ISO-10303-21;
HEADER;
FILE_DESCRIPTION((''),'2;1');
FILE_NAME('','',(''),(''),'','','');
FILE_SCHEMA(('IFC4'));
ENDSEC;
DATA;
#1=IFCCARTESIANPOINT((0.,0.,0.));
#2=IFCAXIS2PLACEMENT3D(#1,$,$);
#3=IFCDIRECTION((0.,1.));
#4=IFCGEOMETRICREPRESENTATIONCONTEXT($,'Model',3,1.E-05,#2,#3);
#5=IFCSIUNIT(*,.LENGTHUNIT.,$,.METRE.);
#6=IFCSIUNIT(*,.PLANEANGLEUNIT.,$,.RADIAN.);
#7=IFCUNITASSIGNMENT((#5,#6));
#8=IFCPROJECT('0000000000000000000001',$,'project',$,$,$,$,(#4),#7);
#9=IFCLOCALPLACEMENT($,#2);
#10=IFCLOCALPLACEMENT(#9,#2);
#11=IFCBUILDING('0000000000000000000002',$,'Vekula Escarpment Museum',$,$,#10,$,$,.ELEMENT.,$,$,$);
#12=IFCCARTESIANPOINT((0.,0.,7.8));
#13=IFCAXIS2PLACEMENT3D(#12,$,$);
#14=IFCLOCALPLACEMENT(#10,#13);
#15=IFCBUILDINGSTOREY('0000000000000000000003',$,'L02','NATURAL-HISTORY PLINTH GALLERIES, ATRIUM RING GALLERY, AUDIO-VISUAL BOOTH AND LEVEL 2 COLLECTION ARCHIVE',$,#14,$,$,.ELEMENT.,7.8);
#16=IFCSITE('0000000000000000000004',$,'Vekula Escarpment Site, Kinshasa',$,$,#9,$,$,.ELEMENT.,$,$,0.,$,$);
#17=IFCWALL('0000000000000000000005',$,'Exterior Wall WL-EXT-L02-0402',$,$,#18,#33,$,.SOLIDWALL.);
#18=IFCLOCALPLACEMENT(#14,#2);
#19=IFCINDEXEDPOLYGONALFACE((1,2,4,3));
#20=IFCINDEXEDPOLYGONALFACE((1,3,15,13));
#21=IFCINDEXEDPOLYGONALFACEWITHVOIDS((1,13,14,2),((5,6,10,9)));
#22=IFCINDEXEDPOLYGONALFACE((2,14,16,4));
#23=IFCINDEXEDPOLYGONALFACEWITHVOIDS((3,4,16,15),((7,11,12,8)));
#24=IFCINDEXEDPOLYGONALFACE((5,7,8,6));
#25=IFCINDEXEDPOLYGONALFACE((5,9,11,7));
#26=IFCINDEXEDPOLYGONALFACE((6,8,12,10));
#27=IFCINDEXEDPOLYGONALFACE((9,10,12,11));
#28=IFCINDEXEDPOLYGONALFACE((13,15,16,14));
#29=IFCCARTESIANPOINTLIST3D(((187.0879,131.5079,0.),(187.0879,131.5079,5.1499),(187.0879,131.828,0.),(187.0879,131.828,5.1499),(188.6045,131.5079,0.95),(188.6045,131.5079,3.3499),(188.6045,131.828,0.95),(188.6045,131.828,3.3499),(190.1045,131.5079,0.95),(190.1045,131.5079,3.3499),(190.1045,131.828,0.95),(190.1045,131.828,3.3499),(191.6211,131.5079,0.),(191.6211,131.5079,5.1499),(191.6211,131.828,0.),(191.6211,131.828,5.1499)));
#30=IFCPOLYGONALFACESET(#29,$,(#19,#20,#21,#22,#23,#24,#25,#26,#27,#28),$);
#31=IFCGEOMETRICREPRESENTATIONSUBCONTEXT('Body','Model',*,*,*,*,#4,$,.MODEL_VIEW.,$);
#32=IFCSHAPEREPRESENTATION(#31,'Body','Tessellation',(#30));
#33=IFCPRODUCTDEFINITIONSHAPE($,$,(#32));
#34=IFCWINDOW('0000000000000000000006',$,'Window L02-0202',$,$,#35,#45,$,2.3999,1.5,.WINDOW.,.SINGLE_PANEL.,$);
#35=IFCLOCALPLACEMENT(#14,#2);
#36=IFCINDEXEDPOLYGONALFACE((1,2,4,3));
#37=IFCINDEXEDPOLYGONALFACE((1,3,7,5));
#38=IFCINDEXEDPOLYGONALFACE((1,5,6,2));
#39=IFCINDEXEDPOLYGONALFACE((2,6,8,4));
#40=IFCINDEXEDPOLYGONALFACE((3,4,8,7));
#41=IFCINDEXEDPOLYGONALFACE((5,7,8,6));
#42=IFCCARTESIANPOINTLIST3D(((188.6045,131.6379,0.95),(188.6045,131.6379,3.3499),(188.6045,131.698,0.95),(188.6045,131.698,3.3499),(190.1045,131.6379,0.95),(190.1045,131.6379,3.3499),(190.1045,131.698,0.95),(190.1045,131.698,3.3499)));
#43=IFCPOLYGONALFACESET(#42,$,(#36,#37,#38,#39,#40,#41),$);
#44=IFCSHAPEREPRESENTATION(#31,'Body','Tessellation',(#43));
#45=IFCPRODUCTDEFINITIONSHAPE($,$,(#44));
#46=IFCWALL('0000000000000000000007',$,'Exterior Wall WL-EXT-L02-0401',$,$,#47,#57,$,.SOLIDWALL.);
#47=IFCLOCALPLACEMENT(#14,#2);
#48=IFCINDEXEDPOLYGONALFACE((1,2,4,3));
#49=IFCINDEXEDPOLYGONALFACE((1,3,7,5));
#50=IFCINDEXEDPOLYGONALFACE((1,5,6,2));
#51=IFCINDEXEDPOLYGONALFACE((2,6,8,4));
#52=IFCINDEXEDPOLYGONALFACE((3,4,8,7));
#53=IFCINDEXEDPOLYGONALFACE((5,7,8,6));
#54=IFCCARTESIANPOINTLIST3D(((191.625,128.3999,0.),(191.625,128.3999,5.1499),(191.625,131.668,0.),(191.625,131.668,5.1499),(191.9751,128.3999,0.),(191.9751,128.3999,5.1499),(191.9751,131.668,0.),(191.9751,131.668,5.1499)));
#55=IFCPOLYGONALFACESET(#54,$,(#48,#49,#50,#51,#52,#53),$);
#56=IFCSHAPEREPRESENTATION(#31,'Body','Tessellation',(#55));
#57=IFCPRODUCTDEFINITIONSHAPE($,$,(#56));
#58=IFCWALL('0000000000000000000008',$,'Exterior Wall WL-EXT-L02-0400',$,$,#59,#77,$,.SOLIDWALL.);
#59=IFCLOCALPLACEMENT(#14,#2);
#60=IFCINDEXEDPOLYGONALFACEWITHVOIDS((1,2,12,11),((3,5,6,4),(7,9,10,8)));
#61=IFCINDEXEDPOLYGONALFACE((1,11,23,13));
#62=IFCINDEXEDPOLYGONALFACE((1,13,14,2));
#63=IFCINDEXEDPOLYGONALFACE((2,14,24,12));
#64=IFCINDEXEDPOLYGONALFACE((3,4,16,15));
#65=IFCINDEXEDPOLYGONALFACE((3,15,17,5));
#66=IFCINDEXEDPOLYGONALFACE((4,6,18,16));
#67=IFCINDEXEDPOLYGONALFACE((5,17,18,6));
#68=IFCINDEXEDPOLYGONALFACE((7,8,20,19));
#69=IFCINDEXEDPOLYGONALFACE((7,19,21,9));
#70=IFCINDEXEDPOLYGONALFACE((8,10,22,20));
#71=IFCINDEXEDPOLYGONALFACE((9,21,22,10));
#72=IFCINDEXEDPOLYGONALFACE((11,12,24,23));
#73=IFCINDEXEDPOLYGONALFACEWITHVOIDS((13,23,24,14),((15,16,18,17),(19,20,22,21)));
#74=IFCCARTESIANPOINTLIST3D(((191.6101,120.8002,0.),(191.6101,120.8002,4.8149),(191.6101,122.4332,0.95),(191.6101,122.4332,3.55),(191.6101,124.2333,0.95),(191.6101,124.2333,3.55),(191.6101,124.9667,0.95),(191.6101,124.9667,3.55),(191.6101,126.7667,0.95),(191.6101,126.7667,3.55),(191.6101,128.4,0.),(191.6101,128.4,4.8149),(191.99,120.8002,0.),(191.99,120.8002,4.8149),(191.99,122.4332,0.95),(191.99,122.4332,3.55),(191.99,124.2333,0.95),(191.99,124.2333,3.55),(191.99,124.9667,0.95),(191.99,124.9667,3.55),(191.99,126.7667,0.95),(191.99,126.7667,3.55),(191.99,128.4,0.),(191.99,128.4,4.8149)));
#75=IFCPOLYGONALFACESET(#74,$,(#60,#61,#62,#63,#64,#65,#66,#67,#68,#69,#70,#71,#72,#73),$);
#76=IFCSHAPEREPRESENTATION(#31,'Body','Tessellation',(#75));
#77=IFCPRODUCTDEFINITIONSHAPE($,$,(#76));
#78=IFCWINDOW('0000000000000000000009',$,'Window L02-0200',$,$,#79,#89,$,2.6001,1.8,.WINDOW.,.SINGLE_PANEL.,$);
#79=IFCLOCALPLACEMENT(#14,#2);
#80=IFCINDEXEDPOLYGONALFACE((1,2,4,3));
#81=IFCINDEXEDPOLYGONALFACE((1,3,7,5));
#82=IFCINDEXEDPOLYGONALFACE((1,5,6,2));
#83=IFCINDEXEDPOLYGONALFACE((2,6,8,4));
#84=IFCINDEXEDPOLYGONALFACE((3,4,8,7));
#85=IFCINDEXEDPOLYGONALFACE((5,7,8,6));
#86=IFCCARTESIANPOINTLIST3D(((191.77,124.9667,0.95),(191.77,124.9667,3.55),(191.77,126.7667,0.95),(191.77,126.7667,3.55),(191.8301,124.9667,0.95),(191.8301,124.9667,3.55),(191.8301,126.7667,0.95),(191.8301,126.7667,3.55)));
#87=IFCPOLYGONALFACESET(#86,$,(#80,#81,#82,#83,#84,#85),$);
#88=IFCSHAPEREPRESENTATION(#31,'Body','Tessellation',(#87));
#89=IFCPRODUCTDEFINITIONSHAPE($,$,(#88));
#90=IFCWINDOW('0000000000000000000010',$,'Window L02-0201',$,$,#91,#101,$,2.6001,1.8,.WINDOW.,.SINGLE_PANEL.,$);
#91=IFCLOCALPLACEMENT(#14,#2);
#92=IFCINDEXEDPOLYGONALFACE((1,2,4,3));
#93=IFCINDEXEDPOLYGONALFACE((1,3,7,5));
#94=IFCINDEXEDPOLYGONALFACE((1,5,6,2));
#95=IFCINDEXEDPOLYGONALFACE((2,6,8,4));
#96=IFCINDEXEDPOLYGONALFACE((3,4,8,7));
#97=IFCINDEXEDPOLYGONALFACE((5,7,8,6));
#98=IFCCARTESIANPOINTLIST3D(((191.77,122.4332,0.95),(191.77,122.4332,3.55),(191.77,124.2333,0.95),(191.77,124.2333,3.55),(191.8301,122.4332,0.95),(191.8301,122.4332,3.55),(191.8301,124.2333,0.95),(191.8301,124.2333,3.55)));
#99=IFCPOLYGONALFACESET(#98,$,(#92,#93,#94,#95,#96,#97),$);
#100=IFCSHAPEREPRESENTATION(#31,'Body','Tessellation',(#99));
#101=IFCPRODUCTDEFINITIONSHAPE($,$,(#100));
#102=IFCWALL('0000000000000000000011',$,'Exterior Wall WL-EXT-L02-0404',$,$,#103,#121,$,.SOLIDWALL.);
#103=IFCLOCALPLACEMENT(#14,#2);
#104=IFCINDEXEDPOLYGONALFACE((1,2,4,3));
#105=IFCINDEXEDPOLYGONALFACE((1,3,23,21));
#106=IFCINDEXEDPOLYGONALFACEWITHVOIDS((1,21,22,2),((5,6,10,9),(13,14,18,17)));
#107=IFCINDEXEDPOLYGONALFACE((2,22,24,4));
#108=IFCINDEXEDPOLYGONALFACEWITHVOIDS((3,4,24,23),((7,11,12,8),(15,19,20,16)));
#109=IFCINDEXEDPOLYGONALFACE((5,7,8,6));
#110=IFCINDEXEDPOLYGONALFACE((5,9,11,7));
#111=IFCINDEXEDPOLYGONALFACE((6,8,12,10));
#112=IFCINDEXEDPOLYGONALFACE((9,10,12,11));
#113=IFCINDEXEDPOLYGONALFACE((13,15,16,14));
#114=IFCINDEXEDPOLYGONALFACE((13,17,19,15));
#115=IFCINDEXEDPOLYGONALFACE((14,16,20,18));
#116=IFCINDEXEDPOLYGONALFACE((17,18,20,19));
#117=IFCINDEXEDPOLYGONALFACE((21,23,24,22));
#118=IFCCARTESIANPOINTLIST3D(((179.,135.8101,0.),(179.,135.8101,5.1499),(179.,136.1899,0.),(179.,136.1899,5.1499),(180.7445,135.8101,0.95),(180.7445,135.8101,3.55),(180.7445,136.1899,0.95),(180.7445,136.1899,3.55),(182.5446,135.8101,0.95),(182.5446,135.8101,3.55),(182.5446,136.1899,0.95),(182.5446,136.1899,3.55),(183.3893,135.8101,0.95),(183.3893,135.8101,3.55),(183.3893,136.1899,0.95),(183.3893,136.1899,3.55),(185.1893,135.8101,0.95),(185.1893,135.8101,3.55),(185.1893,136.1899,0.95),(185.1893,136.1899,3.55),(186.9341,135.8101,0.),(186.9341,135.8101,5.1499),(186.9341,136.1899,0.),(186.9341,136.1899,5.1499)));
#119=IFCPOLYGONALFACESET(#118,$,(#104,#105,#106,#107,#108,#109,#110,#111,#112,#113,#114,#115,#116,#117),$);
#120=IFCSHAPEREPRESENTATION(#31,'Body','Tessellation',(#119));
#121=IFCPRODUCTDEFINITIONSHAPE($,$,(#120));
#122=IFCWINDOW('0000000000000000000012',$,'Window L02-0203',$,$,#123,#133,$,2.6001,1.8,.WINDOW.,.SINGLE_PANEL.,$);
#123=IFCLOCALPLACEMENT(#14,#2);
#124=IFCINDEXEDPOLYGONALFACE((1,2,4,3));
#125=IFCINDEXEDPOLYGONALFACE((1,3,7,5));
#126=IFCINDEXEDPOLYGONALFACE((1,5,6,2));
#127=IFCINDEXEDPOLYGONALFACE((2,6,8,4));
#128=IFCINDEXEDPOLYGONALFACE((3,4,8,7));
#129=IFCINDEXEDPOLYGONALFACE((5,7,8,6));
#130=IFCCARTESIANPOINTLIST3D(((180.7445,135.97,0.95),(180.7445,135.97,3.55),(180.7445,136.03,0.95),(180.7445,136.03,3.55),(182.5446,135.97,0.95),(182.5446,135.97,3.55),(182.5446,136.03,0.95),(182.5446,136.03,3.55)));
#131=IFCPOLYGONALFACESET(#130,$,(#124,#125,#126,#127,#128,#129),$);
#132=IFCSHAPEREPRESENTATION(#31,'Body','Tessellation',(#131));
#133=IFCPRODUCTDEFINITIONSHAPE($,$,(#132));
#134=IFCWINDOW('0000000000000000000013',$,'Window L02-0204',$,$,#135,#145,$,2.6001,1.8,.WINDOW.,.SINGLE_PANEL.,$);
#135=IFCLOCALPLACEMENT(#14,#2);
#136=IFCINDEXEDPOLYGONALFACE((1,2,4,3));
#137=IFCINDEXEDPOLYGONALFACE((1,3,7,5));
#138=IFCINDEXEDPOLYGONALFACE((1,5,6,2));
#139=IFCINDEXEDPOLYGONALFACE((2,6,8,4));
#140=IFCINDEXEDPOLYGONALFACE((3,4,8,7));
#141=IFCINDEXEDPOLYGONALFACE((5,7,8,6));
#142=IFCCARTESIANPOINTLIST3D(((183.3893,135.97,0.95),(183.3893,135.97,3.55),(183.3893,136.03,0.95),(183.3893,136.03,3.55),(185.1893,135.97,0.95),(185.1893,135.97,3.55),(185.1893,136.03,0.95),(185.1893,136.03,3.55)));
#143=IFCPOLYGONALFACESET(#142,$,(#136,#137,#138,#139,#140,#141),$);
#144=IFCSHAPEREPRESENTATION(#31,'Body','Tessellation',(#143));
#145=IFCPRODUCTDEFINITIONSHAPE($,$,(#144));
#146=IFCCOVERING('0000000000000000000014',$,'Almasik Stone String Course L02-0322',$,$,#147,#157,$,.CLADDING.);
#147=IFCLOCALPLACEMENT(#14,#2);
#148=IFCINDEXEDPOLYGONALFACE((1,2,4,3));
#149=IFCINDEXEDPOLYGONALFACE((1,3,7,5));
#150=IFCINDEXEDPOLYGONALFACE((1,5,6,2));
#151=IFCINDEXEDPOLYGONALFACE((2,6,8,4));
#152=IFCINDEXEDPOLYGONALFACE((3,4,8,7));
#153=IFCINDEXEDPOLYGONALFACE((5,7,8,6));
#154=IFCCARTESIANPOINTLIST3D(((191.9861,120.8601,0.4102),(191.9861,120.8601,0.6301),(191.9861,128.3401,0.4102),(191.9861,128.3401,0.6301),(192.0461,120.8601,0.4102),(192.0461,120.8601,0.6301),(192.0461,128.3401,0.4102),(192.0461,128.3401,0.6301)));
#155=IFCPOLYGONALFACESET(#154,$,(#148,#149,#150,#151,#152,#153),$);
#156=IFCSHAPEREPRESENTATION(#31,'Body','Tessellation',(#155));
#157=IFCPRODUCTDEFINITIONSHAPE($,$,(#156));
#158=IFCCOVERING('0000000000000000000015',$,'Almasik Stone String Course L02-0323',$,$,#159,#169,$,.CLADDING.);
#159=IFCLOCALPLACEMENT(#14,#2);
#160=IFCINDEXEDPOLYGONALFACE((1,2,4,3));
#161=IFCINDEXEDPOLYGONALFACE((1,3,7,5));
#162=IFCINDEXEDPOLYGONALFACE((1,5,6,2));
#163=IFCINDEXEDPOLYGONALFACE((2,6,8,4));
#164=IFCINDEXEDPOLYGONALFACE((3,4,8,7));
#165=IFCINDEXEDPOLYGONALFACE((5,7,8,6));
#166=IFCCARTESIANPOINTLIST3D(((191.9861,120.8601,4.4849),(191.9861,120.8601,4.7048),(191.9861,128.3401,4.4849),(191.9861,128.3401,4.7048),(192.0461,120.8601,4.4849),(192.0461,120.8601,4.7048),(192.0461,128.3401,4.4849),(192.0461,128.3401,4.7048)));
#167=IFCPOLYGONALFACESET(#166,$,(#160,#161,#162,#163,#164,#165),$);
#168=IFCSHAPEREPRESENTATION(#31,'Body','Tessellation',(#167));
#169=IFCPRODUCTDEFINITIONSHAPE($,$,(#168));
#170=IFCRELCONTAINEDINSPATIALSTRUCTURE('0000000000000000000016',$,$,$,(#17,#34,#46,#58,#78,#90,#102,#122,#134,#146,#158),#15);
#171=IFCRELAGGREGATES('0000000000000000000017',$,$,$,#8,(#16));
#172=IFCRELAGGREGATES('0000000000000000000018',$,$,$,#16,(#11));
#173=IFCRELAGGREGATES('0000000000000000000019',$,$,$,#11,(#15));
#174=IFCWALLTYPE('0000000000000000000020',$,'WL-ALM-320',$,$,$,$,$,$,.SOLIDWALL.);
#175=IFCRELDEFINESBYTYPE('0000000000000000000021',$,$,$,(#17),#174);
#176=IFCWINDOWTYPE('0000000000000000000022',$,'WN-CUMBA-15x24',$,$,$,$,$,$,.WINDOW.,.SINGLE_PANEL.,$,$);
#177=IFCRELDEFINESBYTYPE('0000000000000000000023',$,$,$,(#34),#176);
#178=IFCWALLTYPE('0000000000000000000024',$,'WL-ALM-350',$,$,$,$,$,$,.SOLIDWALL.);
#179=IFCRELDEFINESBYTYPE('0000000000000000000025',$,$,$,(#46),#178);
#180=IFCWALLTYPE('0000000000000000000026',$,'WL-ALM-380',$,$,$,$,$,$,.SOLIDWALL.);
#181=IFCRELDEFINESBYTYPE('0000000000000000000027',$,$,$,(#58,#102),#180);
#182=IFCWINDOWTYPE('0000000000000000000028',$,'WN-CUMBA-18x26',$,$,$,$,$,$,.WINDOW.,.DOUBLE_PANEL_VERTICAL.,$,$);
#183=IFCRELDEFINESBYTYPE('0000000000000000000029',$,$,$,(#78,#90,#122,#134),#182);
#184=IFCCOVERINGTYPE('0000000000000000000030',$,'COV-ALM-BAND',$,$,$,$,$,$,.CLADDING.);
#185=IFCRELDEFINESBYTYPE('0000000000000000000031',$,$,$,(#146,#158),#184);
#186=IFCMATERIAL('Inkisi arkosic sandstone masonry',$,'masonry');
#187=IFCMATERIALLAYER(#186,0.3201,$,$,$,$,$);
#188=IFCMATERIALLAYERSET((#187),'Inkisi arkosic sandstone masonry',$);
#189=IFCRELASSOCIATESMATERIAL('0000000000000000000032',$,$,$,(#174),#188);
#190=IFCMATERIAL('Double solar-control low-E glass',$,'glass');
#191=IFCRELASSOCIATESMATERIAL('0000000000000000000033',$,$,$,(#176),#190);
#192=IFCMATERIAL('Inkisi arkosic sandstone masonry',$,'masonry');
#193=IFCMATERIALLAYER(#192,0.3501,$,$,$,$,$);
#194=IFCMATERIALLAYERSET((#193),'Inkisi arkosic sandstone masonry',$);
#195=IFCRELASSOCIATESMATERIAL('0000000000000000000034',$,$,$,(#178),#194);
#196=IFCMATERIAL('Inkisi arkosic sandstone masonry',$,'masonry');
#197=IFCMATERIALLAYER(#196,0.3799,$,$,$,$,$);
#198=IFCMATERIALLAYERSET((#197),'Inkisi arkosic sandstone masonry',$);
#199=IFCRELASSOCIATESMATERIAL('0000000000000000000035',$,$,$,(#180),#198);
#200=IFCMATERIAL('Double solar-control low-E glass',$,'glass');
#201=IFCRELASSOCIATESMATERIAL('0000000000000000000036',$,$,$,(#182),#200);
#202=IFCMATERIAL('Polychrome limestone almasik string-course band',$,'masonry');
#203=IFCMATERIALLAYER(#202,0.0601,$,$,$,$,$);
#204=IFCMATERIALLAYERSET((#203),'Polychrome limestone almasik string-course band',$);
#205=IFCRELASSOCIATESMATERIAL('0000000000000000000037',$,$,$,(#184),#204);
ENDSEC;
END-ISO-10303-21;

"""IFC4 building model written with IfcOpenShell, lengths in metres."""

from ifc_helpers import new_model, si_unit, direction, frame, frame_2d, origin, origin_2d, place, context, subcontext, project, spatial, rectangle, extrude, material, layer, layer_set, type_object, element, fill, save


model = new_model("IFC4")

# Units and contexts
model_context = context("Model", 3, precision=1e-05, world=origin(), true_north=direction((0.0, 1.0)))
body_context = subcontext(model_context, "Body", "Model", "MODEL_VIEW")
ifc_project = project(units=[si_unit("LENGTHUNIT", "METRE"), si_unit("PLANEANGLEUNIT", "RADIAN")], contexts=[model_context])

# Site, building, storey
site_placement = place(None, origin())
site = spatial("IfcSite", under=ifc_project, at=site_placement, Name="Vekula Escarpment Site, Kinshasa", CompositionType="ELEMENT", RefElevation=0.0)
building_placement = place(site_placement, origin())
building = spatial("IfcBuilding", under=site, at=building_placement, Name="Vekula Escarpment Museum", CompositionType="ELEMENT")
storey_placement = place(building_placement, frame((0.0, 0.0, 7.8)))
storey = spatial("IfcBuildingStorey", under=building, at=storey_placement, Name="L02", Description="NATURAL-HISTORY PLINTH GALLERIES, ATRIUM RING GALLERY, AUDIO-VISUAL BOOTH AND LEVEL 2 COLLECTION ARCHIVE", CompositionType="ELEMENT", Elevation=7.8)

# Wall, opening, window
ifc_material_1 = material(Name="Inkisi arkosic sandstone masonry", Category="masonry")
ifc_layer_1 = layer(ifc_material_1, 0.3201)
ifc_layer_set_1 = layer_set([ifc_layer_1], Name="Inkisi arkosic sandstone masonry")
wall_type_1 = type_object("IfcWallType", Name="WL-ALM-320", PredefinedType="SOLIDWALL", material=ifc_layer_set_1)
wall_1_placement = place(storey_placement, frame((187.0879, 131.668, 0.0), z_axis=(0.0, 0.0, 1.0), x_axis=(1.0, 0.0, 0.0)))
wall_1 = element("IfcWall", 1, at=wall_1_placement, inside=storey, type_object=wall_type_1, Name="Exterior Wall WL-EXT-L02-0402", PredefinedType="SOLIDWALL", context=body_context, shape_type="SweptSolid", body=[
    extrude(rectangle(XDim=4.5332, YDim=0.3201, at=frame_2d((2.2666, 0.0))), origin(), (0.0, 0.0, 1.0), 5.1499),
])
opening_1_placement = place(wall_1_placement, frame((1.5166, 0.0, 0.95)))
opening_1 = element("IfcOpeningElement", 2, at=opening_1_placement, cuts=wall_1, PredefinedType="OPENING", context=body_context, shape_type="SweptSolid", body=[
    extrude(rectangle(XDim=1.5, YDim=2.3999, at=frame_2d((0.75, 1.2))), frame((0.0, 0.1699, 0.0), z_axis=(0.0, -1.0, 0.0), x_axis=(1.0, 0.0, 0.0)), (0.0, 0.0, 1.0), 0.3401),
])
ifc_material_2 = material(Name="Double solar-control low-E glass", Category="glass")
window_type_1 = type_object("IfcWindowType", Name="WN-CUMBA-15x24", PartitioningType="SINGLE_PANEL", PredefinedType="WINDOW", material=ifc_material_2)
window_1_placement = place(opening_1_placement, origin())
window_1 = element("IfcWindow", 3, at=window_1_placement, inside=storey, type_object=window_type_1, Name="Window L02-0202", OverallHeight=2.3999, OverallWidth=1.5, PartitioningType="SINGLE_PANEL", PredefinedType="WINDOW", context=body_context, shape_type="SweptSolid", body=[
    extrude(rectangle(XDim=1.5, YDim=2.3999, at=frame_2d((0.75, 1.2))), frame((0.0, 0.03, 0.0), z_axis=(0.0, -1.0, 0.0), x_axis=(1.0, 0.0, 0.0)), (0.0, 0.0, 1.0), 0.0601),
])
fill(opening_1, window_1)

# Wall
ifc_material_3 = material(Name="Inkisi arkosic sandstone masonry", Category="masonry")
ifc_layer_2 = layer(ifc_material_3, 0.3501)
ifc_layer_set_2 = layer_set([ifc_layer_2], Name="Inkisi arkosic sandstone masonry")
wall_type_2 = type_object("IfcWallType", Name="WL-ALM-350", PredefinedType="SOLIDWALL", material=ifc_layer_set_2)
wall_2_placement = place(storey_placement, frame((191.8, 131.668, 0.0), z_axis=(0.0, 0.0, 1.0), x_axis=(0.0, -1.0, 0.0)))
element("IfcWall", 4, at=wall_2_placement, inside=storey, type_object=wall_type_2, Name="Exterior Wall WL-EXT-L02-0401", PredefinedType="SOLIDWALL", context=body_context, shape_type="SweptSolid", body=[
    extrude(rectangle(XDim=3.2681, YDim=0.3501, at=frame_2d((1.634, 0.0))), origin(), (0.0, 0.0, 1.0), 5.1499),
])

# Walls, openings, windows
ifc_material_4 = material(Name="Inkisi arkosic sandstone masonry", Category="masonry")
ifc_layer_3 = layer(ifc_material_4, 0.3799)
ifc_layer_set_3 = layer_set([ifc_layer_3], Name="Inkisi arkosic sandstone masonry")
wall_type_3 = type_object("IfcWallType", Name="WL-ALM-380", PredefinedType="SOLIDWALL", material=ifc_layer_set_3)
wall_3_placement = place(storey_placement, frame((191.8, 128.3999, 0.0), z_axis=(0.0, 0.0, 1.0), x_axis=(0.0, -1.0, 0.0)))
wall_3 = element("IfcWall", 5, at=wall_3_placement, inside=storey, type_object=wall_type_3, Name="Exterior Wall WL-EXT-L02-0400", PredefinedType="SOLIDWALL", context=body_context, shape_type="SweptSolid", body=[
    extrude(rectangle(XDim=7.5999, YDim=0.3799, at=frame_2d((3.7998, 0.0))), origin(), (0.0, 0.0, 1.0), 4.8149),
])
opening_2_placement = place(wall_3_placement, frame((1.6333, 0.0, 0.95)))
opening_2 = element("IfcOpeningElement", 6, at=opening_2_placement, cuts=wall_3, PredefinedType="OPENING", context=body_context, shape_type="SweptSolid", body=[
    extrude(rectangle(XDim=1.8, YDim=2.6001, at=frame_2d((0.8999, 1.3))), frame((0.0, 0.2, 0.0), z_axis=(0.0, -1.0, 0.0), x_axis=(1.0, 0.0, 0.0)), (0.0, 0.0, 1.0), 0.3999),
])
opening_3_placement = place(wall_3_placement, frame((4.1667, 0.0, 0.95)))
opening_3 = element("IfcOpeningElement", 7, at=opening_3_placement, cuts=wall_3, PredefinedType="OPENING", context=body_context, shape_type="SweptSolid", body=[
    extrude(rectangle(XDim=1.8, YDim=2.6001, at=frame_2d((0.8999, 1.3))), frame((0.0, 0.2, 0.0), z_axis=(0.0, -1.0, 0.0), x_axis=(1.0, 0.0, 0.0)), (0.0, 0.0, 1.0), 0.3999),
])
ifc_material_5 = material(Name="Double solar-control low-E glass", Category="glass")
window_type_2 = type_object("IfcWindowType", Name="WN-CUMBA-18x26", PartitioningType="DOUBLE_PANEL_VERTICAL", PredefinedType="WINDOW", material=ifc_material_5)
window_2_placement = place(opening_2_placement, origin())
window_2 = element("IfcWindow", 8, at=window_2_placement, inside=storey, type_object=window_type_2, Name="Window L02-0200", OverallHeight=2.6001, OverallWidth=1.8, PartitioningType="SINGLE_PANEL", PredefinedType="WINDOW", context=body_context, shape_type="SweptSolid", body=[
    extrude(rectangle(XDim=1.8, YDim=2.6001, at=frame_2d((0.8999, 1.3))), frame((0.0, 0.03, 0.0), z_axis=(0.0, -1.0, 0.0), x_axis=(1.0, 0.0, 0.0)), (0.0, 0.0, 1.0), 0.0601),
])
fill(opening_2, window_2)
window_3_placement = place(opening_3_placement, origin())
window_3 = element("IfcWindow", 9, at=window_3_placement, inside=storey, type_object=window_type_2, Name="Window L02-0201", OverallHeight=2.6001, OverallWidth=1.8, PartitioningType="SINGLE_PANEL", PredefinedType="WINDOW", context=body_context, shape_type="SweptSolid", body=[
    extrude(rectangle(XDim=1.8, YDim=2.6001, at=frame_2d((0.8999, 1.3))), frame((0.0, 0.03, 0.0), z_axis=(0.0, -1.0, 0.0), x_axis=(1.0, 0.0, 0.0)), (0.0, 0.0, 1.0), 0.0601),
])
fill(opening_3, window_3)
wall_4_placement = place(storey_placement, frame((179.0, 136.0, 0.0), z_axis=(0.0, 0.0, 1.0), x_axis=(1.0, 0.0, 0.0)))
wall_4 = element("IfcWall", 10, at=wall_4_placement, inside=storey, type_object=wall_type_3, Name="Exterior Wall WL-EXT-L02-0404", PredefinedType="SOLIDWALL", context=body_context, shape_type="SweptSolid", body=[
    extrude(rectangle(XDim=7.9341, YDim=0.3799, at=frame_2d((3.967, 0.0))), origin(), (0.0, 0.0, 1.0), 5.1499),
])
opening_4_placement = place(wall_4_placement, frame((1.7446, 0.0, 0.95)))
opening_4 = element("IfcOpeningElement", 11, at=opening_4_placement, cuts=wall_4, PredefinedType="OPENING", context=body_context, shape_type="SweptSolid", body=[
    extrude(rectangle(XDim=1.8, YDim=2.6001, at=frame_2d((0.8999, 1.3))), frame((0.0, 0.2, 0.0), z_axis=(0.0, -1.0, 0.0), x_axis=(1.0, 0.0, 0.0)), (0.0, 0.0, 1.0), 0.3999),
])
opening_5_placement = place(wall_4_placement, frame((4.3894, 0.0, 0.95)))
opening_5 = element("IfcOpeningElement", 12, at=opening_5_placement, cuts=wall_4, PredefinedType="OPENING", context=body_context, shape_type="SweptSolid", body=[
    extrude(rectangle(XDim=1.8, YDim=2.6001, at=frame_2d((0.8999, 1.3))), frame((0.0, 0.2, 0.0), z_axis=(0.0, -1.0, 0.0), x_axis=(1.0, 0.0, 0.0)), (0.0, 0.0, 1.0), 0.3999),
])
window_4_placement = place(opening_4_placement, origin())
window_4 = element("IfcWindow", 13, at=window_4_placement, inside=storey, type_object=window_type_2, Name="Window L02-0203", OverallHeight=2.6001, OverallWidth=1.8, PartitioningType="SINGLE_PANEL", PredefinedType="WINDOW", context=body_context, shape_type="SweptSolid", body=[
    extrude(rectangle(XDim=1.8, YDim=2.6001, at=frame_2d((0.8999, 1.3))), frame((0.0, 0.03, 0.0), z_axis=(0.0, -1.0, 0.0), x_axis=(1.0, 0.0, 0.0)), (0.0, 0.0, 1.0), 0.0601),
])
fill(opening_4, window_4)
window_5_placement = place(opening_5_placement, origin())
window_5 = element("IfcWindow", 14, at=window_5_placement, inside=storey, type_object=window_type_2, Name="Window L02-0204", OverallHeight=2.6001, OverallWidth=1.8, PartitioningType="SINGLE_PANEL", PredefinedType="WINDOW", context=body_context, shape_type="SweptSolid", body=[
    extrude(rectangle(XDim=1.8, YDim=2.6001, at=frame_2d((0.8999, 1.3))), frame((0.0, 0.03, 0.0), z_axis=(0.0, -1.0, 0.0), x_axis=(1.0, 0.0, 0.0)), (0.0, 0.0, 1.0), 0.0601),
])
fill(opening_5, window_5)

# Coverings
ifc_material_6 = material(Name="Polychrome limestone almasik string-course band", Category="masonry")
ifc_layer_4 = layer(ifc_material_6, 0.0601)
ifc_layer_set_4 = layer_set([ifc_layer_4], Name="Polychrome limestone almasik string-course band")
covering_type = type_object("IfcCoveringType", Name="COV-ALM-BAND", PredefinedType="CLADDING", material=ifc_layer_set_4)
for number, where, z_axis, x_axis, name in (
    (15, (192.0161, 124.6001, 0.4102), (0.0, 0.0, 1.0), (0.0, 1.0, 0.0), "Almasik Stone String Course L02-0322"),
    (16, (192.0161, 124.6001, 4.4849), (0.0, 0.0, 1.0), (0.0, 1.0, 0.0), "Almasik Stone String Course L02-0323"),
):
    element("IfcCovering", number, at=place(storey_placement, frame(where, z_axis=z_axis, x_axis=x_axis)), inside=storey, type_object=covering_type, Name=name, PredefinedType="CLADDING", context=body_context, shape_type="SweptSolid", body=[
        extrude(rectangle(XDim=7.48, YDim=0.0601, at=origin_2d()), origin(), (0.0, 0.0, 1.0), 0.22),
    ])

save(model, "model.ifc")
